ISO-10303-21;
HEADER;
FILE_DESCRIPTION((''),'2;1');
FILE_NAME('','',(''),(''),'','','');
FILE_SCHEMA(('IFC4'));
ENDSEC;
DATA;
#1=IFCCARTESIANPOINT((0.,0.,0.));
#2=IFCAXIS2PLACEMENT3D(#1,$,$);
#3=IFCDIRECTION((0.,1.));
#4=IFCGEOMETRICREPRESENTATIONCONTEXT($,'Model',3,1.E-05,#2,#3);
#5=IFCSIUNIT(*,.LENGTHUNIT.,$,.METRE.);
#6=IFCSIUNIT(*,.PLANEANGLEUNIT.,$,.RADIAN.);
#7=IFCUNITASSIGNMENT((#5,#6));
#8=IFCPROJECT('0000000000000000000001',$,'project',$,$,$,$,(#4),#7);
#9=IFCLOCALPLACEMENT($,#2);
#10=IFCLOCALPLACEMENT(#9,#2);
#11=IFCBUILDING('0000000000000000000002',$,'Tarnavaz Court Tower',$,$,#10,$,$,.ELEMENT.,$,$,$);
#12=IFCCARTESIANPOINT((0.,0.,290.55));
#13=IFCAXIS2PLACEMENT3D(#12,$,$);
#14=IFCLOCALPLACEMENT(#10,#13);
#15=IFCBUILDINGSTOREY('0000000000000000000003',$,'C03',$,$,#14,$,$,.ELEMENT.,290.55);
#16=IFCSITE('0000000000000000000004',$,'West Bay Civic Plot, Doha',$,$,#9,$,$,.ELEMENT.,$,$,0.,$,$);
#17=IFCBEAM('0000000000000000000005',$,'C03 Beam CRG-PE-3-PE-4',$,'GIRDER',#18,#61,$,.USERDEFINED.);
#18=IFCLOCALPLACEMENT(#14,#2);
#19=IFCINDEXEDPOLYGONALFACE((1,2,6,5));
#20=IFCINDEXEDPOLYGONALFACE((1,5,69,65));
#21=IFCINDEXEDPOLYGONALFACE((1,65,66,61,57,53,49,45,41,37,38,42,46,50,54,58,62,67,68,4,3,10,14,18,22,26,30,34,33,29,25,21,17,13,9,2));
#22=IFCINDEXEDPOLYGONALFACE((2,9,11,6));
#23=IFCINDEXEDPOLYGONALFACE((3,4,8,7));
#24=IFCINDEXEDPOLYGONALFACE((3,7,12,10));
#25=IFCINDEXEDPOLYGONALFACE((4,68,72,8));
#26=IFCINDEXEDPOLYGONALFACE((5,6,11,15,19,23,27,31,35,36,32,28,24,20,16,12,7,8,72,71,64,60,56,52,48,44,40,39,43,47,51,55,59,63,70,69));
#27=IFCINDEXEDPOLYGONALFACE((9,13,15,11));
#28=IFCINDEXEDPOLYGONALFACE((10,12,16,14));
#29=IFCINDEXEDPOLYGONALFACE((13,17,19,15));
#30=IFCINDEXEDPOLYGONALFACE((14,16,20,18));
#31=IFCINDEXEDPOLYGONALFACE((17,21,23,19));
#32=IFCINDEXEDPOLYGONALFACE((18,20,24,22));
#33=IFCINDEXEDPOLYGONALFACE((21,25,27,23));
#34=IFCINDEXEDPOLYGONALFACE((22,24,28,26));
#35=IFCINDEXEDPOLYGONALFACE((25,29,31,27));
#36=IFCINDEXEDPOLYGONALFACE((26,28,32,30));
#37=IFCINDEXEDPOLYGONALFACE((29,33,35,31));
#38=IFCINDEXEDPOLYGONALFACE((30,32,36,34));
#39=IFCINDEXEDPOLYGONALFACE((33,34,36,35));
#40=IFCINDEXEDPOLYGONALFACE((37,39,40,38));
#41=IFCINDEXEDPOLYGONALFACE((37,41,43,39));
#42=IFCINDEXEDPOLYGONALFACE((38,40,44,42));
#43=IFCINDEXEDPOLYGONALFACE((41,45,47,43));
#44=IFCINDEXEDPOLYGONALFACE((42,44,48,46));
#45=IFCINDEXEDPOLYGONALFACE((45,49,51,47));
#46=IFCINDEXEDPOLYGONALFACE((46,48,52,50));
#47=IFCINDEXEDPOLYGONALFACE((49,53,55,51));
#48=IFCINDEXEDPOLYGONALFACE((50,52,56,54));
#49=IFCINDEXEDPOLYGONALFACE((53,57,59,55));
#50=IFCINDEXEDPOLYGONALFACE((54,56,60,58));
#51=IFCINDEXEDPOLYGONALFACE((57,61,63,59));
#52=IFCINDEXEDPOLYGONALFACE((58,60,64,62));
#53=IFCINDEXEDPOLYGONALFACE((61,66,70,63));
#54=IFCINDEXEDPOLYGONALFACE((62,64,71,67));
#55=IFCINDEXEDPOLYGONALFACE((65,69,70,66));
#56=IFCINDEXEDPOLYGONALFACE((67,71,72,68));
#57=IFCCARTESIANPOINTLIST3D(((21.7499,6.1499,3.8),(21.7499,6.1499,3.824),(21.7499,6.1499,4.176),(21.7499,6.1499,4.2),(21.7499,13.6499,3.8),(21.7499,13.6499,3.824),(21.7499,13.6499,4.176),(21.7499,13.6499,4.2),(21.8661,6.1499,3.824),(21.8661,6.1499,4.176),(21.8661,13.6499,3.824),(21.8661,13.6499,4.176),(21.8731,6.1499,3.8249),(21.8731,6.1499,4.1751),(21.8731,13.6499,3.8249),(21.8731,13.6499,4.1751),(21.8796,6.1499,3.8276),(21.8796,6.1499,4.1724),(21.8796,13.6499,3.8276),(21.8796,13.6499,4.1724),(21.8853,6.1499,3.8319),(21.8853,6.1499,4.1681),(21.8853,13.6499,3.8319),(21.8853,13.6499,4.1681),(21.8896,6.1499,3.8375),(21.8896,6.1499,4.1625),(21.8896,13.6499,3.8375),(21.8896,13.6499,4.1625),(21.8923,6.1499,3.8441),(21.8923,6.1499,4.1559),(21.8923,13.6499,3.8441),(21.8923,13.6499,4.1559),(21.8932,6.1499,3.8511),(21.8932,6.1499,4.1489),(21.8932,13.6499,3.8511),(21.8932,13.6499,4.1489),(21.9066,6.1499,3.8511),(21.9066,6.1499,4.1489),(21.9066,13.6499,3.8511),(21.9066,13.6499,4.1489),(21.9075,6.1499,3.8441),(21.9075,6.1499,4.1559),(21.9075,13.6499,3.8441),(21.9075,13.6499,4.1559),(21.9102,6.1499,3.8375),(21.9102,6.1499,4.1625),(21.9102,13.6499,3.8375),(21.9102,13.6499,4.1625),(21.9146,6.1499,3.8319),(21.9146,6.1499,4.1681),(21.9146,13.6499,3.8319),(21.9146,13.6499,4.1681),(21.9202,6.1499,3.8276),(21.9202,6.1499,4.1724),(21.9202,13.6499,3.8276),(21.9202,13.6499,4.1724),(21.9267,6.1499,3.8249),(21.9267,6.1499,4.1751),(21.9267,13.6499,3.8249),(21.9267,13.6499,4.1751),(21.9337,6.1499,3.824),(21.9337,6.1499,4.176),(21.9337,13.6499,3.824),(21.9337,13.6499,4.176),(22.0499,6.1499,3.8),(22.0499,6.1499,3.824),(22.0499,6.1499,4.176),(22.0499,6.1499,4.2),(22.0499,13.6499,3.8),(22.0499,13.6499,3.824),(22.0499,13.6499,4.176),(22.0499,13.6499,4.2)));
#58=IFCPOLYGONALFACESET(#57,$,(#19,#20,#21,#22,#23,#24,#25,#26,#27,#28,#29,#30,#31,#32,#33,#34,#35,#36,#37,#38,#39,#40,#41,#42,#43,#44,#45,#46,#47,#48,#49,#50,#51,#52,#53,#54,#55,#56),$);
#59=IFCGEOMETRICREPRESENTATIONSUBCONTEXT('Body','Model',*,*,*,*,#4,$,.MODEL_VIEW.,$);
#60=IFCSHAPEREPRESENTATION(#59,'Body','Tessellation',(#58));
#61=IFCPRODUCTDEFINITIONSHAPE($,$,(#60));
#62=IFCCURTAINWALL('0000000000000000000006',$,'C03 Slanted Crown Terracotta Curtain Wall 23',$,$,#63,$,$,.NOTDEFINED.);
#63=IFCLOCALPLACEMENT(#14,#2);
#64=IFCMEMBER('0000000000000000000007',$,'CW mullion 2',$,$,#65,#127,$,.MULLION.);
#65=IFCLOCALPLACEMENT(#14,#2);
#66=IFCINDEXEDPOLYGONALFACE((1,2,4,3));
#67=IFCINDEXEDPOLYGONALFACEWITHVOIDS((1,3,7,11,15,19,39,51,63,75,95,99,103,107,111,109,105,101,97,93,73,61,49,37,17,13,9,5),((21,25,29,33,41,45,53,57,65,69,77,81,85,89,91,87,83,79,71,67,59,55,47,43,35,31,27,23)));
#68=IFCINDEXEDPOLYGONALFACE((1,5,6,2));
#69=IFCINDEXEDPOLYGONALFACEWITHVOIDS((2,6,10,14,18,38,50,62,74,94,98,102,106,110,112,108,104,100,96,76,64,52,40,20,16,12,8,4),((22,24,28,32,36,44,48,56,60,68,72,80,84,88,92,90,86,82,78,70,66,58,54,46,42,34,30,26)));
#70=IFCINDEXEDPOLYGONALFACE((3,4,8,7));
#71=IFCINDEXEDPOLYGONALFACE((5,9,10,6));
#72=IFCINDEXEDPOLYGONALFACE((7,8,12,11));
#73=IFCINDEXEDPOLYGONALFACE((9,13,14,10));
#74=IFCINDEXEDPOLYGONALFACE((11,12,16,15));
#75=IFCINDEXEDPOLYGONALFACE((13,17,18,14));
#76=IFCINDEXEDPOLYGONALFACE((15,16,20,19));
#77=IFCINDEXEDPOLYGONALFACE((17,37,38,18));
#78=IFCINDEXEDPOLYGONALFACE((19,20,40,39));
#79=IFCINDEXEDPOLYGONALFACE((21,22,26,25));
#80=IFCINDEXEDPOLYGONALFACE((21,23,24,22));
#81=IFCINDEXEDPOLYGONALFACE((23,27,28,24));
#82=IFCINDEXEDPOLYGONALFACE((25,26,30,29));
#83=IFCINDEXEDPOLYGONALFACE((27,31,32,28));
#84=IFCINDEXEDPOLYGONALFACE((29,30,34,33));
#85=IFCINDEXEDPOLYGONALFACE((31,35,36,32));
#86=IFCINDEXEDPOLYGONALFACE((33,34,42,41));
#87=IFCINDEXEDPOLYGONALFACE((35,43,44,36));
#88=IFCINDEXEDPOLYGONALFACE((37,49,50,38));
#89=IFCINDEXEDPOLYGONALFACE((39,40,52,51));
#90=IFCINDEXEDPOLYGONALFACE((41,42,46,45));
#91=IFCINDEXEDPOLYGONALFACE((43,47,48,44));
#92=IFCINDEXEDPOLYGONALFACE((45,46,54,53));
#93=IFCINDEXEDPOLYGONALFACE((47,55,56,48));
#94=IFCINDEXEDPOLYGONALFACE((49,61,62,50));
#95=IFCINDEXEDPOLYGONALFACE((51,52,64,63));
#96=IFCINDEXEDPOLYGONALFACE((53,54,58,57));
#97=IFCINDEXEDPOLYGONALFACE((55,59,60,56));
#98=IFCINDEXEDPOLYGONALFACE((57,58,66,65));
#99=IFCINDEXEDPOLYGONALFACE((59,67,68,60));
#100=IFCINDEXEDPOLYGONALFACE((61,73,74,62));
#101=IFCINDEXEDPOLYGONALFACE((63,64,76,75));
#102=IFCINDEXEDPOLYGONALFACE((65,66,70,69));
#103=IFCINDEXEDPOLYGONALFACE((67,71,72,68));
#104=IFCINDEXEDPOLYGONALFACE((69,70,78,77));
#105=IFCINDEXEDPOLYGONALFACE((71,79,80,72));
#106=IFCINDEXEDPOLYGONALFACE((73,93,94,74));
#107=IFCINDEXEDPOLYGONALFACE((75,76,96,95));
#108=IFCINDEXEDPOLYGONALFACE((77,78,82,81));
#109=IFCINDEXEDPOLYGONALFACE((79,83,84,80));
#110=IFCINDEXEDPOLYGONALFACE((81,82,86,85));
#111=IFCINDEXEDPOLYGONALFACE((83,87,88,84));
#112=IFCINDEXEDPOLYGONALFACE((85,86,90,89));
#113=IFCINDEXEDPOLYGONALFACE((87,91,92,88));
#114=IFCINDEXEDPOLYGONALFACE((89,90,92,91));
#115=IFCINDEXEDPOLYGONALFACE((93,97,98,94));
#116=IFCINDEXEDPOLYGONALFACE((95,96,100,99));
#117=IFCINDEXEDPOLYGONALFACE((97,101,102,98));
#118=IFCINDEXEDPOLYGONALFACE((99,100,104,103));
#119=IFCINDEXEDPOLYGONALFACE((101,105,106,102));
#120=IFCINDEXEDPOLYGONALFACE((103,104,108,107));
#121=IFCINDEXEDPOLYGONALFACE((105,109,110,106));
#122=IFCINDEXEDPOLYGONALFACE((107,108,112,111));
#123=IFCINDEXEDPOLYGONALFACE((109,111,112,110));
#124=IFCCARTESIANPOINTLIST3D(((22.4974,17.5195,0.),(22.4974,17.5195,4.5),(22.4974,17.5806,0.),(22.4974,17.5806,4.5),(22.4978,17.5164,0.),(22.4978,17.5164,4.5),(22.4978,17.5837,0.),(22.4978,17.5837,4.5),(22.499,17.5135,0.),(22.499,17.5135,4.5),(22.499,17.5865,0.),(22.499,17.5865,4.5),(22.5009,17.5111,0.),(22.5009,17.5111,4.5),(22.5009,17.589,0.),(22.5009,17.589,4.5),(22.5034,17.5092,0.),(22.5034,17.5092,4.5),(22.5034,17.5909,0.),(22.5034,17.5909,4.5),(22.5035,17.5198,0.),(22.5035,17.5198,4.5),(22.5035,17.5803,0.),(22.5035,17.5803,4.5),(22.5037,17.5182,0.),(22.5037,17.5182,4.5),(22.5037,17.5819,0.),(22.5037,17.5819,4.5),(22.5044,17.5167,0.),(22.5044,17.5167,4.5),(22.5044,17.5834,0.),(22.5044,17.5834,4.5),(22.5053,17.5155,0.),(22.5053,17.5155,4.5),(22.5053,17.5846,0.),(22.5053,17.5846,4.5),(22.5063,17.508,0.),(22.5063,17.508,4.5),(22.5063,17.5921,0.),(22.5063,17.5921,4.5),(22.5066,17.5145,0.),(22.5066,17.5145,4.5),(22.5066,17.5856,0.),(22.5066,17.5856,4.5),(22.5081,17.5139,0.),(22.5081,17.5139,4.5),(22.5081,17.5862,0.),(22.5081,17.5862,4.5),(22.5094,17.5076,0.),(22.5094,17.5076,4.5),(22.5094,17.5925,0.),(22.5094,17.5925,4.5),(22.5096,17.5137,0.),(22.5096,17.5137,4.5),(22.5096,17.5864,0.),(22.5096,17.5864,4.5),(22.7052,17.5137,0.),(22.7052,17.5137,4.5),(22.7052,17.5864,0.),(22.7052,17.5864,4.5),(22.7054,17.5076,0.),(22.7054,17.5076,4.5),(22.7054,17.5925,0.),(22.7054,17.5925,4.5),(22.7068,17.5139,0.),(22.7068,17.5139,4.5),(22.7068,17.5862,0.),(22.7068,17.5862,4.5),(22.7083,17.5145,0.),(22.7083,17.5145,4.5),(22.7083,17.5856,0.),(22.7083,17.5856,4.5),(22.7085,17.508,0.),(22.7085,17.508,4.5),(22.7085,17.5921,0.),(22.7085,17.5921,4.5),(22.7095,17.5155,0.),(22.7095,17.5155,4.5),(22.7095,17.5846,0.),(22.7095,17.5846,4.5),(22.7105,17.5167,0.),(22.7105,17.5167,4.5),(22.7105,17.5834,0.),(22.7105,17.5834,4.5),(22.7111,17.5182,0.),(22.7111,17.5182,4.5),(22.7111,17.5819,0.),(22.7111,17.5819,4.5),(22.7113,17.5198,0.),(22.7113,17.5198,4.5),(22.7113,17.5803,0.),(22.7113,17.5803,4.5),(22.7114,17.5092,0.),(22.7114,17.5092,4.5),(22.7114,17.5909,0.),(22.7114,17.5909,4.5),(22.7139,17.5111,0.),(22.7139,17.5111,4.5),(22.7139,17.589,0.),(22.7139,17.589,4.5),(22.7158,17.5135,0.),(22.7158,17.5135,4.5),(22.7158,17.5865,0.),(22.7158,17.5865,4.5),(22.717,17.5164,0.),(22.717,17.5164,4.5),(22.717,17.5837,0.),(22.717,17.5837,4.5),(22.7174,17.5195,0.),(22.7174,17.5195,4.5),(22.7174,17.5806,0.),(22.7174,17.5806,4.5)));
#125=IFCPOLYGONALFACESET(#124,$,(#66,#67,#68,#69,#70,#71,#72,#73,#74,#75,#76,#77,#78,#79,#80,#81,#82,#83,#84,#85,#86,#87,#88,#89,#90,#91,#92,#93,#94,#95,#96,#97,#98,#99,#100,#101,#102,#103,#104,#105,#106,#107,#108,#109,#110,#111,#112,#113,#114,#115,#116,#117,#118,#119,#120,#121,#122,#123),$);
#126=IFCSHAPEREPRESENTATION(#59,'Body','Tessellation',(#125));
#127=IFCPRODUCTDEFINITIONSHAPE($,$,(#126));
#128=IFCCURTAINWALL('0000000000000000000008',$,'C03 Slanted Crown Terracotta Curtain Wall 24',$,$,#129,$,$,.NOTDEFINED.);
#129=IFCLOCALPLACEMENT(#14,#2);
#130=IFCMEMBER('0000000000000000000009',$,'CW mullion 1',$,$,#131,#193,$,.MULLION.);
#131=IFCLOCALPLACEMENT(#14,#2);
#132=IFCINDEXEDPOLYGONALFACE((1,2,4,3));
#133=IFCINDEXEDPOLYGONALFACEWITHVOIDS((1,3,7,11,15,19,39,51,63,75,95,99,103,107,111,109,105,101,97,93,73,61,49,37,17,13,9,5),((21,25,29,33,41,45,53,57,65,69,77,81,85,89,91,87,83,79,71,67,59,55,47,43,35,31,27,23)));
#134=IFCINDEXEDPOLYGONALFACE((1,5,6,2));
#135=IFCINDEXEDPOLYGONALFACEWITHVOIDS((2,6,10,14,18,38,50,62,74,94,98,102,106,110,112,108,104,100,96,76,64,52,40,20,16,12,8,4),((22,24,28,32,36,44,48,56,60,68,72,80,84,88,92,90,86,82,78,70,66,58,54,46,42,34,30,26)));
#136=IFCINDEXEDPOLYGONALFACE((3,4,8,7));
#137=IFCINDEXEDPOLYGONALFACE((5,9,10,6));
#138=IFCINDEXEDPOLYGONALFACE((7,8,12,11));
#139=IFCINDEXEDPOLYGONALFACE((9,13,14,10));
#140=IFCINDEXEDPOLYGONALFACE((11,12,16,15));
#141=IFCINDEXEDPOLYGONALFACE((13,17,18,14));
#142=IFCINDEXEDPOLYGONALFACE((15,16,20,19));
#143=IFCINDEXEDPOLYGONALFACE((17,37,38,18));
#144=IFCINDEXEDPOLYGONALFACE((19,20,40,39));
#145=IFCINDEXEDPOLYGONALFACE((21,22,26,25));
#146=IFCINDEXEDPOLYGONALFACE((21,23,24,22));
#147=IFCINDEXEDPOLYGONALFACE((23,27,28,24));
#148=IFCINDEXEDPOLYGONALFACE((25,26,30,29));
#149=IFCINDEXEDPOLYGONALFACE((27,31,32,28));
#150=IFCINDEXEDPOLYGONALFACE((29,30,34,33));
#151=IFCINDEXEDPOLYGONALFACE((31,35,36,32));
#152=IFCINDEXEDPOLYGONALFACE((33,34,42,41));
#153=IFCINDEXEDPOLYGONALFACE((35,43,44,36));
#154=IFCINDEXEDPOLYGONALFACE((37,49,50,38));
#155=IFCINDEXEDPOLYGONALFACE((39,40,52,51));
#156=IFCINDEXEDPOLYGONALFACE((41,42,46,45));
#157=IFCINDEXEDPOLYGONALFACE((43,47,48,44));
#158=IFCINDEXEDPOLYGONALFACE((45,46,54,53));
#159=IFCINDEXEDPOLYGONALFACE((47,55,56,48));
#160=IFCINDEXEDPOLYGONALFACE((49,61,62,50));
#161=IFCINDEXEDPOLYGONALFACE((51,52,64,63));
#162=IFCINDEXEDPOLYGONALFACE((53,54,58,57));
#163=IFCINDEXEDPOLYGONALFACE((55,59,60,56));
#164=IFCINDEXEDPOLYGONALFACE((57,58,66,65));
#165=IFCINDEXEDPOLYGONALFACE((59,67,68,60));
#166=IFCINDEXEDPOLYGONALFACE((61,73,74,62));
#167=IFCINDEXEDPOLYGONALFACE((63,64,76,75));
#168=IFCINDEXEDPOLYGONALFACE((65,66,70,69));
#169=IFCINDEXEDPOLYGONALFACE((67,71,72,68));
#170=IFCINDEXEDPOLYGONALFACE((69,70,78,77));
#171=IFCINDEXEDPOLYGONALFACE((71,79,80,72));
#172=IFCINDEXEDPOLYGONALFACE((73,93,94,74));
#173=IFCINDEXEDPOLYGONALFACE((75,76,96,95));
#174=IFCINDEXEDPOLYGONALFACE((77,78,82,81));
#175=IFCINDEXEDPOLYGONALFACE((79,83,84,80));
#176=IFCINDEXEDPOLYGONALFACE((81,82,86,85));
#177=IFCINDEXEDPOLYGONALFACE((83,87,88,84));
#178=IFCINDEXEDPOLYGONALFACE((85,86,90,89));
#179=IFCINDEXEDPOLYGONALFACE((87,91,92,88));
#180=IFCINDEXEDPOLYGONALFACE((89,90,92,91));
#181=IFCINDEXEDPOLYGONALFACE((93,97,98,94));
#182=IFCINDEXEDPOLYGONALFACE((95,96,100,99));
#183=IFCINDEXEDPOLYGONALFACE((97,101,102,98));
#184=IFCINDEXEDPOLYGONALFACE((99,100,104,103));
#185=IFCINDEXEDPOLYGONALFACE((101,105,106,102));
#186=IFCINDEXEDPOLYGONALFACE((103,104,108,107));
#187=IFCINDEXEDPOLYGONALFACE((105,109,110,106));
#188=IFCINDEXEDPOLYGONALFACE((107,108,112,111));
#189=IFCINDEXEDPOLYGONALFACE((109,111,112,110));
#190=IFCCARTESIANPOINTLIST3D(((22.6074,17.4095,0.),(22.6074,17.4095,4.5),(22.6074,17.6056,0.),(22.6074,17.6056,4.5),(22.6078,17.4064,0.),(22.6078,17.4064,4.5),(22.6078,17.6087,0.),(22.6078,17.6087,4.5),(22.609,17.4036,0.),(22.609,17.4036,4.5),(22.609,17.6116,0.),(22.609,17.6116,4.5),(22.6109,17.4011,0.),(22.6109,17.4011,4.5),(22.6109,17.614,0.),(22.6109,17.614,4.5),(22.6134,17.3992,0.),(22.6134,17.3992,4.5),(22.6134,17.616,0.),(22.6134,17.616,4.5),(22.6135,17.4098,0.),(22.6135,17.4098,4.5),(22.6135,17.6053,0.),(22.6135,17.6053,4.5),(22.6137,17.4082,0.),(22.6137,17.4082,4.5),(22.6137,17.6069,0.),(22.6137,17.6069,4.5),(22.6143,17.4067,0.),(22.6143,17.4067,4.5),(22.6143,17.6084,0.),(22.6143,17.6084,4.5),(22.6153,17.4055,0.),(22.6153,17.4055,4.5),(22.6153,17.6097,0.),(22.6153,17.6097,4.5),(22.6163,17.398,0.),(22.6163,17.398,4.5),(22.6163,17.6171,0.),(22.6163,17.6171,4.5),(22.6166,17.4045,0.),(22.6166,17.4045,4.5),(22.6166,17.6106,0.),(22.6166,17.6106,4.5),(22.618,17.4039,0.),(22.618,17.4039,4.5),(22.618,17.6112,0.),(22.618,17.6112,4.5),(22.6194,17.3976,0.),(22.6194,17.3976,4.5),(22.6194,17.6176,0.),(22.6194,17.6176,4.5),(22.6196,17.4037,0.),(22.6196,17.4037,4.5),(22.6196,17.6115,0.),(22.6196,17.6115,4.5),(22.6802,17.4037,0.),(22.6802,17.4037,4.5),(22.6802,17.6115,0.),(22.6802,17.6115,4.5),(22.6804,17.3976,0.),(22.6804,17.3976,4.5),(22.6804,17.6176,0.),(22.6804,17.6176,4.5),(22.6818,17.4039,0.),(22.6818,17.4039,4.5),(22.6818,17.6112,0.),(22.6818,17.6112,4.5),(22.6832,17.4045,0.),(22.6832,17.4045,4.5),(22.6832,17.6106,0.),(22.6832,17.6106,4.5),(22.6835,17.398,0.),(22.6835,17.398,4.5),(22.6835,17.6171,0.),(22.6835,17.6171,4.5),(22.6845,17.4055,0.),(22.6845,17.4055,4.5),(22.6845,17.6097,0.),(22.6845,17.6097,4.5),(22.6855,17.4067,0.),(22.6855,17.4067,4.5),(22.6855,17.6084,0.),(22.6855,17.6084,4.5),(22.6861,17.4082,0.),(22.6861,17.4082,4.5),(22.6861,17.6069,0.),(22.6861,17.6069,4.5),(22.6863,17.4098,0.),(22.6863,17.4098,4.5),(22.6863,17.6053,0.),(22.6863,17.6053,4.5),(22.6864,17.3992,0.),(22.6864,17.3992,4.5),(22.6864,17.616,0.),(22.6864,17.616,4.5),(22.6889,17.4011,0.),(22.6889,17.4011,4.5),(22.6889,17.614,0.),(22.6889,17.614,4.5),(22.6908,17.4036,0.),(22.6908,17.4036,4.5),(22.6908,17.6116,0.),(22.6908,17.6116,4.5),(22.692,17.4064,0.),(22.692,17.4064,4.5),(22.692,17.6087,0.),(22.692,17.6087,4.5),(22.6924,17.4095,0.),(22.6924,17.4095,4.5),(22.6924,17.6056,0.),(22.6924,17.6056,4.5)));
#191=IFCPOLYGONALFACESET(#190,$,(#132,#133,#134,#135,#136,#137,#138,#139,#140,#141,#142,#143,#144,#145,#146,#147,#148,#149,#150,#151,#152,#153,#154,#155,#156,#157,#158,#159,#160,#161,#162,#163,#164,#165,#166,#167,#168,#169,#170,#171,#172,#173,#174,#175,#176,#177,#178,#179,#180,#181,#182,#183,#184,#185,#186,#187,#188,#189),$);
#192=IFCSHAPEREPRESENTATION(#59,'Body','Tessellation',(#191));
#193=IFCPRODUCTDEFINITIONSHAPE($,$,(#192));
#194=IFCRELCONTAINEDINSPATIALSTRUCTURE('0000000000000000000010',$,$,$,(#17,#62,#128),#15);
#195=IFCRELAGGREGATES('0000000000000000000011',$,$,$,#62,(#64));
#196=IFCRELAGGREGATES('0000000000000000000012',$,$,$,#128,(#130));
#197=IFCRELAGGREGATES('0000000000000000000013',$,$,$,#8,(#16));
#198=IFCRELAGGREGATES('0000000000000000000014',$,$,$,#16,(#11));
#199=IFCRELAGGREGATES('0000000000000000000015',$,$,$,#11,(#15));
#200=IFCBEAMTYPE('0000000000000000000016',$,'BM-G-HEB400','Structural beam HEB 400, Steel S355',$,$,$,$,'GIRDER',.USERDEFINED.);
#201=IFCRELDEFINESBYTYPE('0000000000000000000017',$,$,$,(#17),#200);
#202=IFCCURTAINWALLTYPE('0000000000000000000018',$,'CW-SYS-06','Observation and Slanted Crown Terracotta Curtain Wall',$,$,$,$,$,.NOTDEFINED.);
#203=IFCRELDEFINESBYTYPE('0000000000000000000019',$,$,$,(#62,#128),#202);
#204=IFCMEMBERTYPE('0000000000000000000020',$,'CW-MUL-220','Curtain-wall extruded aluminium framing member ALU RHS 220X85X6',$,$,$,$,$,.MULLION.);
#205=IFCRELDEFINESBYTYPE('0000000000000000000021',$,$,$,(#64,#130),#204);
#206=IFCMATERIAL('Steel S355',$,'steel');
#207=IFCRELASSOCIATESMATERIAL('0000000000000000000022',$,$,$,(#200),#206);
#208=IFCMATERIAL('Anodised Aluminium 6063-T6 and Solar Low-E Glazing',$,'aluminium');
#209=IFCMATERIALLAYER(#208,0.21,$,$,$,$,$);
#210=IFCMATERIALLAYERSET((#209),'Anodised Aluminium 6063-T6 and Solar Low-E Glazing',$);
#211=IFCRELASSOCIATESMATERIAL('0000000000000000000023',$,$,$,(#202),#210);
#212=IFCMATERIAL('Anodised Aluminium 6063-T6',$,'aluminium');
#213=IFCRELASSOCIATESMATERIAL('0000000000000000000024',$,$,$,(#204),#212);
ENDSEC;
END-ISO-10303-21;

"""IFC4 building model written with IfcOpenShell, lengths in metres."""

from ifc_helpers import new_model, si_unit, direction, frame, origin, origin_2d, place, context, subcontext, project, spatial, hollow_rectangle, i_section, extrude, material, layer, layer_set, material_profile, profile_set, type_object, element, aggregate, save


model = new_model("IFC4")

# Units and contexts
model_context = context("Model", 3, precision=1e-05, world=origin(), true_north=direction((0.0, 1.0)))
body_context = subcontext(model_context, "Body", "Model", "MODEL_VIEW")
ifc_project = project(units=[si_unit("LENGTHUNIT", "METRE"), si_unit("PLANEANGLEUNIT", "RADIAN")], contexts=[model_context])

# Site, building, storey
site_placement = place(None, origin())
site = spatial("IfcSite", under=ifc_project, at=site_placement, Name="West Bay Civic Plot, Doha", CompositionType="ELEMENT", RefElevation=0.0)
building_placement = place(site_placement, origin())
building = spatial("IfcBuilding", under=site, at=building_placement, Name="Tarnavaz Court Tower", CompositionType="ELEMENT")
storey_placement = place(building_placement, frame((0.0, 0.0, 290.55)))
storey = spatial("IfcBuildingStorey", under=building, at=storey_placement, Name="C03", CompositionType="ELEMENT", Elevation=290.55)

# Shared definitions
ifc_material_1 = material(Name="Steel S355", Category="steel")

# Beam
ifc_material_profile_1 = material_profile(ifc_material_1, i_section(OverallWidth=0.3, OverallDepth=0.3999, WebThickness=0.0134, FlangeThickness=0.0239, FilletRadius=0.0271, at=origin_2d()), Name="HEB 400")
ifc_profile_set_1 = profile_set([ifc_material_profile_1], Name="Steel S355")
beam_type = type_object("IfcBeamType", Name="BM-G-HEB400", Description="Structural beam HEB 400, Steel S355", ElementType="GIRDER", PredefinedType="USERDEFINED", material=ifc_profile_set_1)
beam_placement = place(storey_placement, frame((21.8999, 6.1499, 4.0), z_axis=(0.0, 1.0, 0.0), x_axis=(-1.0, 0.0, 0.0)))
element("IfcBeam", 1, at=beam_placement, inside=storey, type_object=beam_type, Name="C03 Beam CRG-PE-3-PE-4", ObjectType="GIRDER", PredefinedType="USERDEFINED", context=body_context, shape_type="SweptSolid", body=[
    extrude(i_section(OverallWidth=0.3, OverallDepth=0.3999, WebThickness=0.0134, FlangeThickness=0.0239, FilletRadius=0.0271, at=origin_2d()), origin(), (0.0, 0.0, 1.0), 7.5),
])

# Curtain wall, member
ifc_material_2 = material(Name="Anodised Aluminium 6063-T6 and Solar Low-E Glazing", Category="aluminium")
ifc_layer_1 = layer(ifc_material_2, 0.21)
ifc_layer_set_1 = layer_set([ifc_layer_1], Name="Anodised Aluminium 6063-T6 and Solar Low-E Glazing")
curtain_wall_type = type_object("IfcCurtainWallType", Name="CW-SYS-06", Description="Observation and Slanted Crown Terracotta Curtain Wall", PredefinedType="NOTDEFINED", material=ifc_layer_set_1)
curtain_wall_1_placement = place(storey_placement, origin())
curtain_wall_1 = element("IfcCurtainWall", 2, at=curtain_wall_1_placement, inside=storey, type_object=curtain_wall_type, Name="C03 Slanted Crown Terracotta Curtain Wall 23", PredefinedType="NOTDEFINED")
ifc_material_3 = material(Name="Anodised Aluminium 6063-T6", Category="aluminium")
ifc_material_profile_2 = material_profile(ifc_material_3, hollow_rectangle(XDim=0.085, YDim=0.22, WallThickness=0.0061, InnerFilletRadius=0.0061, OuterFilletRadius=0.012, at=origin_2d()), Name="ALU RHS 220X85X6")
ifc_profile_set_2 = profile_set([ifc_material_profile_2], Name="Anodised Aluminium 6063-T6")
member_type_1 = type_object("IfcMemberType", Name="CW-MUL-220", Description="Curtain-wall extruded aluminium framing member ALU RHS 220X85X6", PredefinedType="MULLION", material=ifc_profile_set_2)
member_1_placement = place(storey_placement, frame((22.6074, 17.55, 0.0), z_axis=(0.0, 0.0, 1.0), x_axis=(0.0, 1.0, 0.0)))
member_1 = element("IfcMember", 3, at=member_1_placement, type_object=member_type_1, Name="CW mullion 2", PredefinedType="MULLION", context=body_context, shape_type="SweptSolid", body=[
    extrude(hollow_rectangle(XDim=0.085, YDim=0.22, WallThickness=0.0061, InnerFilletRadius=0.0061, OuterFilletRadius=0.012, at=origin_2d()), origin(), (0.0, 0.0, 1.0), 4.5),
])

# Curtain wall, member
curtain_wall_2_placement = place(storey_placement, origin())
curtain_wall_2 = element("IfcCurtainWall", 4, at=curtain_wall_2_placement, inside=storey, type_object=curtain_wall_type, Name="C03 Slanted Crown Terracotta Curtain Wall 24", PredefinedType="NOTDEFINED")
member_2_placement = place(storey_placement, frame((22.6499, 17.5076, 0.0), z_axis=(0.0, 0.0, 1.0), x_axis=(1.0, 0.0, 0.0)))
member_2 = element("IfcMember", 5, at=member_2_placement, type_object=member_type_1, Name="CW mullion 1", PredefinedType="MULLION", context=body_context, shape_type="SweptSolid", body=[
    extrude(hollow_rectangle(XDim=0.085, YDim=0.22, WallThickness=0.0061, InnerFilletRadius=0.0061, OuterFilletRadius=0.012, at=origin_2d()), origin(), (0.0, 0.0, 1.0), 4.5),
])

aggregate(curtain_wall_1, [member_1])
aggregate(curtain_wall_2, [member_2])

save(model, "model.ifc")
